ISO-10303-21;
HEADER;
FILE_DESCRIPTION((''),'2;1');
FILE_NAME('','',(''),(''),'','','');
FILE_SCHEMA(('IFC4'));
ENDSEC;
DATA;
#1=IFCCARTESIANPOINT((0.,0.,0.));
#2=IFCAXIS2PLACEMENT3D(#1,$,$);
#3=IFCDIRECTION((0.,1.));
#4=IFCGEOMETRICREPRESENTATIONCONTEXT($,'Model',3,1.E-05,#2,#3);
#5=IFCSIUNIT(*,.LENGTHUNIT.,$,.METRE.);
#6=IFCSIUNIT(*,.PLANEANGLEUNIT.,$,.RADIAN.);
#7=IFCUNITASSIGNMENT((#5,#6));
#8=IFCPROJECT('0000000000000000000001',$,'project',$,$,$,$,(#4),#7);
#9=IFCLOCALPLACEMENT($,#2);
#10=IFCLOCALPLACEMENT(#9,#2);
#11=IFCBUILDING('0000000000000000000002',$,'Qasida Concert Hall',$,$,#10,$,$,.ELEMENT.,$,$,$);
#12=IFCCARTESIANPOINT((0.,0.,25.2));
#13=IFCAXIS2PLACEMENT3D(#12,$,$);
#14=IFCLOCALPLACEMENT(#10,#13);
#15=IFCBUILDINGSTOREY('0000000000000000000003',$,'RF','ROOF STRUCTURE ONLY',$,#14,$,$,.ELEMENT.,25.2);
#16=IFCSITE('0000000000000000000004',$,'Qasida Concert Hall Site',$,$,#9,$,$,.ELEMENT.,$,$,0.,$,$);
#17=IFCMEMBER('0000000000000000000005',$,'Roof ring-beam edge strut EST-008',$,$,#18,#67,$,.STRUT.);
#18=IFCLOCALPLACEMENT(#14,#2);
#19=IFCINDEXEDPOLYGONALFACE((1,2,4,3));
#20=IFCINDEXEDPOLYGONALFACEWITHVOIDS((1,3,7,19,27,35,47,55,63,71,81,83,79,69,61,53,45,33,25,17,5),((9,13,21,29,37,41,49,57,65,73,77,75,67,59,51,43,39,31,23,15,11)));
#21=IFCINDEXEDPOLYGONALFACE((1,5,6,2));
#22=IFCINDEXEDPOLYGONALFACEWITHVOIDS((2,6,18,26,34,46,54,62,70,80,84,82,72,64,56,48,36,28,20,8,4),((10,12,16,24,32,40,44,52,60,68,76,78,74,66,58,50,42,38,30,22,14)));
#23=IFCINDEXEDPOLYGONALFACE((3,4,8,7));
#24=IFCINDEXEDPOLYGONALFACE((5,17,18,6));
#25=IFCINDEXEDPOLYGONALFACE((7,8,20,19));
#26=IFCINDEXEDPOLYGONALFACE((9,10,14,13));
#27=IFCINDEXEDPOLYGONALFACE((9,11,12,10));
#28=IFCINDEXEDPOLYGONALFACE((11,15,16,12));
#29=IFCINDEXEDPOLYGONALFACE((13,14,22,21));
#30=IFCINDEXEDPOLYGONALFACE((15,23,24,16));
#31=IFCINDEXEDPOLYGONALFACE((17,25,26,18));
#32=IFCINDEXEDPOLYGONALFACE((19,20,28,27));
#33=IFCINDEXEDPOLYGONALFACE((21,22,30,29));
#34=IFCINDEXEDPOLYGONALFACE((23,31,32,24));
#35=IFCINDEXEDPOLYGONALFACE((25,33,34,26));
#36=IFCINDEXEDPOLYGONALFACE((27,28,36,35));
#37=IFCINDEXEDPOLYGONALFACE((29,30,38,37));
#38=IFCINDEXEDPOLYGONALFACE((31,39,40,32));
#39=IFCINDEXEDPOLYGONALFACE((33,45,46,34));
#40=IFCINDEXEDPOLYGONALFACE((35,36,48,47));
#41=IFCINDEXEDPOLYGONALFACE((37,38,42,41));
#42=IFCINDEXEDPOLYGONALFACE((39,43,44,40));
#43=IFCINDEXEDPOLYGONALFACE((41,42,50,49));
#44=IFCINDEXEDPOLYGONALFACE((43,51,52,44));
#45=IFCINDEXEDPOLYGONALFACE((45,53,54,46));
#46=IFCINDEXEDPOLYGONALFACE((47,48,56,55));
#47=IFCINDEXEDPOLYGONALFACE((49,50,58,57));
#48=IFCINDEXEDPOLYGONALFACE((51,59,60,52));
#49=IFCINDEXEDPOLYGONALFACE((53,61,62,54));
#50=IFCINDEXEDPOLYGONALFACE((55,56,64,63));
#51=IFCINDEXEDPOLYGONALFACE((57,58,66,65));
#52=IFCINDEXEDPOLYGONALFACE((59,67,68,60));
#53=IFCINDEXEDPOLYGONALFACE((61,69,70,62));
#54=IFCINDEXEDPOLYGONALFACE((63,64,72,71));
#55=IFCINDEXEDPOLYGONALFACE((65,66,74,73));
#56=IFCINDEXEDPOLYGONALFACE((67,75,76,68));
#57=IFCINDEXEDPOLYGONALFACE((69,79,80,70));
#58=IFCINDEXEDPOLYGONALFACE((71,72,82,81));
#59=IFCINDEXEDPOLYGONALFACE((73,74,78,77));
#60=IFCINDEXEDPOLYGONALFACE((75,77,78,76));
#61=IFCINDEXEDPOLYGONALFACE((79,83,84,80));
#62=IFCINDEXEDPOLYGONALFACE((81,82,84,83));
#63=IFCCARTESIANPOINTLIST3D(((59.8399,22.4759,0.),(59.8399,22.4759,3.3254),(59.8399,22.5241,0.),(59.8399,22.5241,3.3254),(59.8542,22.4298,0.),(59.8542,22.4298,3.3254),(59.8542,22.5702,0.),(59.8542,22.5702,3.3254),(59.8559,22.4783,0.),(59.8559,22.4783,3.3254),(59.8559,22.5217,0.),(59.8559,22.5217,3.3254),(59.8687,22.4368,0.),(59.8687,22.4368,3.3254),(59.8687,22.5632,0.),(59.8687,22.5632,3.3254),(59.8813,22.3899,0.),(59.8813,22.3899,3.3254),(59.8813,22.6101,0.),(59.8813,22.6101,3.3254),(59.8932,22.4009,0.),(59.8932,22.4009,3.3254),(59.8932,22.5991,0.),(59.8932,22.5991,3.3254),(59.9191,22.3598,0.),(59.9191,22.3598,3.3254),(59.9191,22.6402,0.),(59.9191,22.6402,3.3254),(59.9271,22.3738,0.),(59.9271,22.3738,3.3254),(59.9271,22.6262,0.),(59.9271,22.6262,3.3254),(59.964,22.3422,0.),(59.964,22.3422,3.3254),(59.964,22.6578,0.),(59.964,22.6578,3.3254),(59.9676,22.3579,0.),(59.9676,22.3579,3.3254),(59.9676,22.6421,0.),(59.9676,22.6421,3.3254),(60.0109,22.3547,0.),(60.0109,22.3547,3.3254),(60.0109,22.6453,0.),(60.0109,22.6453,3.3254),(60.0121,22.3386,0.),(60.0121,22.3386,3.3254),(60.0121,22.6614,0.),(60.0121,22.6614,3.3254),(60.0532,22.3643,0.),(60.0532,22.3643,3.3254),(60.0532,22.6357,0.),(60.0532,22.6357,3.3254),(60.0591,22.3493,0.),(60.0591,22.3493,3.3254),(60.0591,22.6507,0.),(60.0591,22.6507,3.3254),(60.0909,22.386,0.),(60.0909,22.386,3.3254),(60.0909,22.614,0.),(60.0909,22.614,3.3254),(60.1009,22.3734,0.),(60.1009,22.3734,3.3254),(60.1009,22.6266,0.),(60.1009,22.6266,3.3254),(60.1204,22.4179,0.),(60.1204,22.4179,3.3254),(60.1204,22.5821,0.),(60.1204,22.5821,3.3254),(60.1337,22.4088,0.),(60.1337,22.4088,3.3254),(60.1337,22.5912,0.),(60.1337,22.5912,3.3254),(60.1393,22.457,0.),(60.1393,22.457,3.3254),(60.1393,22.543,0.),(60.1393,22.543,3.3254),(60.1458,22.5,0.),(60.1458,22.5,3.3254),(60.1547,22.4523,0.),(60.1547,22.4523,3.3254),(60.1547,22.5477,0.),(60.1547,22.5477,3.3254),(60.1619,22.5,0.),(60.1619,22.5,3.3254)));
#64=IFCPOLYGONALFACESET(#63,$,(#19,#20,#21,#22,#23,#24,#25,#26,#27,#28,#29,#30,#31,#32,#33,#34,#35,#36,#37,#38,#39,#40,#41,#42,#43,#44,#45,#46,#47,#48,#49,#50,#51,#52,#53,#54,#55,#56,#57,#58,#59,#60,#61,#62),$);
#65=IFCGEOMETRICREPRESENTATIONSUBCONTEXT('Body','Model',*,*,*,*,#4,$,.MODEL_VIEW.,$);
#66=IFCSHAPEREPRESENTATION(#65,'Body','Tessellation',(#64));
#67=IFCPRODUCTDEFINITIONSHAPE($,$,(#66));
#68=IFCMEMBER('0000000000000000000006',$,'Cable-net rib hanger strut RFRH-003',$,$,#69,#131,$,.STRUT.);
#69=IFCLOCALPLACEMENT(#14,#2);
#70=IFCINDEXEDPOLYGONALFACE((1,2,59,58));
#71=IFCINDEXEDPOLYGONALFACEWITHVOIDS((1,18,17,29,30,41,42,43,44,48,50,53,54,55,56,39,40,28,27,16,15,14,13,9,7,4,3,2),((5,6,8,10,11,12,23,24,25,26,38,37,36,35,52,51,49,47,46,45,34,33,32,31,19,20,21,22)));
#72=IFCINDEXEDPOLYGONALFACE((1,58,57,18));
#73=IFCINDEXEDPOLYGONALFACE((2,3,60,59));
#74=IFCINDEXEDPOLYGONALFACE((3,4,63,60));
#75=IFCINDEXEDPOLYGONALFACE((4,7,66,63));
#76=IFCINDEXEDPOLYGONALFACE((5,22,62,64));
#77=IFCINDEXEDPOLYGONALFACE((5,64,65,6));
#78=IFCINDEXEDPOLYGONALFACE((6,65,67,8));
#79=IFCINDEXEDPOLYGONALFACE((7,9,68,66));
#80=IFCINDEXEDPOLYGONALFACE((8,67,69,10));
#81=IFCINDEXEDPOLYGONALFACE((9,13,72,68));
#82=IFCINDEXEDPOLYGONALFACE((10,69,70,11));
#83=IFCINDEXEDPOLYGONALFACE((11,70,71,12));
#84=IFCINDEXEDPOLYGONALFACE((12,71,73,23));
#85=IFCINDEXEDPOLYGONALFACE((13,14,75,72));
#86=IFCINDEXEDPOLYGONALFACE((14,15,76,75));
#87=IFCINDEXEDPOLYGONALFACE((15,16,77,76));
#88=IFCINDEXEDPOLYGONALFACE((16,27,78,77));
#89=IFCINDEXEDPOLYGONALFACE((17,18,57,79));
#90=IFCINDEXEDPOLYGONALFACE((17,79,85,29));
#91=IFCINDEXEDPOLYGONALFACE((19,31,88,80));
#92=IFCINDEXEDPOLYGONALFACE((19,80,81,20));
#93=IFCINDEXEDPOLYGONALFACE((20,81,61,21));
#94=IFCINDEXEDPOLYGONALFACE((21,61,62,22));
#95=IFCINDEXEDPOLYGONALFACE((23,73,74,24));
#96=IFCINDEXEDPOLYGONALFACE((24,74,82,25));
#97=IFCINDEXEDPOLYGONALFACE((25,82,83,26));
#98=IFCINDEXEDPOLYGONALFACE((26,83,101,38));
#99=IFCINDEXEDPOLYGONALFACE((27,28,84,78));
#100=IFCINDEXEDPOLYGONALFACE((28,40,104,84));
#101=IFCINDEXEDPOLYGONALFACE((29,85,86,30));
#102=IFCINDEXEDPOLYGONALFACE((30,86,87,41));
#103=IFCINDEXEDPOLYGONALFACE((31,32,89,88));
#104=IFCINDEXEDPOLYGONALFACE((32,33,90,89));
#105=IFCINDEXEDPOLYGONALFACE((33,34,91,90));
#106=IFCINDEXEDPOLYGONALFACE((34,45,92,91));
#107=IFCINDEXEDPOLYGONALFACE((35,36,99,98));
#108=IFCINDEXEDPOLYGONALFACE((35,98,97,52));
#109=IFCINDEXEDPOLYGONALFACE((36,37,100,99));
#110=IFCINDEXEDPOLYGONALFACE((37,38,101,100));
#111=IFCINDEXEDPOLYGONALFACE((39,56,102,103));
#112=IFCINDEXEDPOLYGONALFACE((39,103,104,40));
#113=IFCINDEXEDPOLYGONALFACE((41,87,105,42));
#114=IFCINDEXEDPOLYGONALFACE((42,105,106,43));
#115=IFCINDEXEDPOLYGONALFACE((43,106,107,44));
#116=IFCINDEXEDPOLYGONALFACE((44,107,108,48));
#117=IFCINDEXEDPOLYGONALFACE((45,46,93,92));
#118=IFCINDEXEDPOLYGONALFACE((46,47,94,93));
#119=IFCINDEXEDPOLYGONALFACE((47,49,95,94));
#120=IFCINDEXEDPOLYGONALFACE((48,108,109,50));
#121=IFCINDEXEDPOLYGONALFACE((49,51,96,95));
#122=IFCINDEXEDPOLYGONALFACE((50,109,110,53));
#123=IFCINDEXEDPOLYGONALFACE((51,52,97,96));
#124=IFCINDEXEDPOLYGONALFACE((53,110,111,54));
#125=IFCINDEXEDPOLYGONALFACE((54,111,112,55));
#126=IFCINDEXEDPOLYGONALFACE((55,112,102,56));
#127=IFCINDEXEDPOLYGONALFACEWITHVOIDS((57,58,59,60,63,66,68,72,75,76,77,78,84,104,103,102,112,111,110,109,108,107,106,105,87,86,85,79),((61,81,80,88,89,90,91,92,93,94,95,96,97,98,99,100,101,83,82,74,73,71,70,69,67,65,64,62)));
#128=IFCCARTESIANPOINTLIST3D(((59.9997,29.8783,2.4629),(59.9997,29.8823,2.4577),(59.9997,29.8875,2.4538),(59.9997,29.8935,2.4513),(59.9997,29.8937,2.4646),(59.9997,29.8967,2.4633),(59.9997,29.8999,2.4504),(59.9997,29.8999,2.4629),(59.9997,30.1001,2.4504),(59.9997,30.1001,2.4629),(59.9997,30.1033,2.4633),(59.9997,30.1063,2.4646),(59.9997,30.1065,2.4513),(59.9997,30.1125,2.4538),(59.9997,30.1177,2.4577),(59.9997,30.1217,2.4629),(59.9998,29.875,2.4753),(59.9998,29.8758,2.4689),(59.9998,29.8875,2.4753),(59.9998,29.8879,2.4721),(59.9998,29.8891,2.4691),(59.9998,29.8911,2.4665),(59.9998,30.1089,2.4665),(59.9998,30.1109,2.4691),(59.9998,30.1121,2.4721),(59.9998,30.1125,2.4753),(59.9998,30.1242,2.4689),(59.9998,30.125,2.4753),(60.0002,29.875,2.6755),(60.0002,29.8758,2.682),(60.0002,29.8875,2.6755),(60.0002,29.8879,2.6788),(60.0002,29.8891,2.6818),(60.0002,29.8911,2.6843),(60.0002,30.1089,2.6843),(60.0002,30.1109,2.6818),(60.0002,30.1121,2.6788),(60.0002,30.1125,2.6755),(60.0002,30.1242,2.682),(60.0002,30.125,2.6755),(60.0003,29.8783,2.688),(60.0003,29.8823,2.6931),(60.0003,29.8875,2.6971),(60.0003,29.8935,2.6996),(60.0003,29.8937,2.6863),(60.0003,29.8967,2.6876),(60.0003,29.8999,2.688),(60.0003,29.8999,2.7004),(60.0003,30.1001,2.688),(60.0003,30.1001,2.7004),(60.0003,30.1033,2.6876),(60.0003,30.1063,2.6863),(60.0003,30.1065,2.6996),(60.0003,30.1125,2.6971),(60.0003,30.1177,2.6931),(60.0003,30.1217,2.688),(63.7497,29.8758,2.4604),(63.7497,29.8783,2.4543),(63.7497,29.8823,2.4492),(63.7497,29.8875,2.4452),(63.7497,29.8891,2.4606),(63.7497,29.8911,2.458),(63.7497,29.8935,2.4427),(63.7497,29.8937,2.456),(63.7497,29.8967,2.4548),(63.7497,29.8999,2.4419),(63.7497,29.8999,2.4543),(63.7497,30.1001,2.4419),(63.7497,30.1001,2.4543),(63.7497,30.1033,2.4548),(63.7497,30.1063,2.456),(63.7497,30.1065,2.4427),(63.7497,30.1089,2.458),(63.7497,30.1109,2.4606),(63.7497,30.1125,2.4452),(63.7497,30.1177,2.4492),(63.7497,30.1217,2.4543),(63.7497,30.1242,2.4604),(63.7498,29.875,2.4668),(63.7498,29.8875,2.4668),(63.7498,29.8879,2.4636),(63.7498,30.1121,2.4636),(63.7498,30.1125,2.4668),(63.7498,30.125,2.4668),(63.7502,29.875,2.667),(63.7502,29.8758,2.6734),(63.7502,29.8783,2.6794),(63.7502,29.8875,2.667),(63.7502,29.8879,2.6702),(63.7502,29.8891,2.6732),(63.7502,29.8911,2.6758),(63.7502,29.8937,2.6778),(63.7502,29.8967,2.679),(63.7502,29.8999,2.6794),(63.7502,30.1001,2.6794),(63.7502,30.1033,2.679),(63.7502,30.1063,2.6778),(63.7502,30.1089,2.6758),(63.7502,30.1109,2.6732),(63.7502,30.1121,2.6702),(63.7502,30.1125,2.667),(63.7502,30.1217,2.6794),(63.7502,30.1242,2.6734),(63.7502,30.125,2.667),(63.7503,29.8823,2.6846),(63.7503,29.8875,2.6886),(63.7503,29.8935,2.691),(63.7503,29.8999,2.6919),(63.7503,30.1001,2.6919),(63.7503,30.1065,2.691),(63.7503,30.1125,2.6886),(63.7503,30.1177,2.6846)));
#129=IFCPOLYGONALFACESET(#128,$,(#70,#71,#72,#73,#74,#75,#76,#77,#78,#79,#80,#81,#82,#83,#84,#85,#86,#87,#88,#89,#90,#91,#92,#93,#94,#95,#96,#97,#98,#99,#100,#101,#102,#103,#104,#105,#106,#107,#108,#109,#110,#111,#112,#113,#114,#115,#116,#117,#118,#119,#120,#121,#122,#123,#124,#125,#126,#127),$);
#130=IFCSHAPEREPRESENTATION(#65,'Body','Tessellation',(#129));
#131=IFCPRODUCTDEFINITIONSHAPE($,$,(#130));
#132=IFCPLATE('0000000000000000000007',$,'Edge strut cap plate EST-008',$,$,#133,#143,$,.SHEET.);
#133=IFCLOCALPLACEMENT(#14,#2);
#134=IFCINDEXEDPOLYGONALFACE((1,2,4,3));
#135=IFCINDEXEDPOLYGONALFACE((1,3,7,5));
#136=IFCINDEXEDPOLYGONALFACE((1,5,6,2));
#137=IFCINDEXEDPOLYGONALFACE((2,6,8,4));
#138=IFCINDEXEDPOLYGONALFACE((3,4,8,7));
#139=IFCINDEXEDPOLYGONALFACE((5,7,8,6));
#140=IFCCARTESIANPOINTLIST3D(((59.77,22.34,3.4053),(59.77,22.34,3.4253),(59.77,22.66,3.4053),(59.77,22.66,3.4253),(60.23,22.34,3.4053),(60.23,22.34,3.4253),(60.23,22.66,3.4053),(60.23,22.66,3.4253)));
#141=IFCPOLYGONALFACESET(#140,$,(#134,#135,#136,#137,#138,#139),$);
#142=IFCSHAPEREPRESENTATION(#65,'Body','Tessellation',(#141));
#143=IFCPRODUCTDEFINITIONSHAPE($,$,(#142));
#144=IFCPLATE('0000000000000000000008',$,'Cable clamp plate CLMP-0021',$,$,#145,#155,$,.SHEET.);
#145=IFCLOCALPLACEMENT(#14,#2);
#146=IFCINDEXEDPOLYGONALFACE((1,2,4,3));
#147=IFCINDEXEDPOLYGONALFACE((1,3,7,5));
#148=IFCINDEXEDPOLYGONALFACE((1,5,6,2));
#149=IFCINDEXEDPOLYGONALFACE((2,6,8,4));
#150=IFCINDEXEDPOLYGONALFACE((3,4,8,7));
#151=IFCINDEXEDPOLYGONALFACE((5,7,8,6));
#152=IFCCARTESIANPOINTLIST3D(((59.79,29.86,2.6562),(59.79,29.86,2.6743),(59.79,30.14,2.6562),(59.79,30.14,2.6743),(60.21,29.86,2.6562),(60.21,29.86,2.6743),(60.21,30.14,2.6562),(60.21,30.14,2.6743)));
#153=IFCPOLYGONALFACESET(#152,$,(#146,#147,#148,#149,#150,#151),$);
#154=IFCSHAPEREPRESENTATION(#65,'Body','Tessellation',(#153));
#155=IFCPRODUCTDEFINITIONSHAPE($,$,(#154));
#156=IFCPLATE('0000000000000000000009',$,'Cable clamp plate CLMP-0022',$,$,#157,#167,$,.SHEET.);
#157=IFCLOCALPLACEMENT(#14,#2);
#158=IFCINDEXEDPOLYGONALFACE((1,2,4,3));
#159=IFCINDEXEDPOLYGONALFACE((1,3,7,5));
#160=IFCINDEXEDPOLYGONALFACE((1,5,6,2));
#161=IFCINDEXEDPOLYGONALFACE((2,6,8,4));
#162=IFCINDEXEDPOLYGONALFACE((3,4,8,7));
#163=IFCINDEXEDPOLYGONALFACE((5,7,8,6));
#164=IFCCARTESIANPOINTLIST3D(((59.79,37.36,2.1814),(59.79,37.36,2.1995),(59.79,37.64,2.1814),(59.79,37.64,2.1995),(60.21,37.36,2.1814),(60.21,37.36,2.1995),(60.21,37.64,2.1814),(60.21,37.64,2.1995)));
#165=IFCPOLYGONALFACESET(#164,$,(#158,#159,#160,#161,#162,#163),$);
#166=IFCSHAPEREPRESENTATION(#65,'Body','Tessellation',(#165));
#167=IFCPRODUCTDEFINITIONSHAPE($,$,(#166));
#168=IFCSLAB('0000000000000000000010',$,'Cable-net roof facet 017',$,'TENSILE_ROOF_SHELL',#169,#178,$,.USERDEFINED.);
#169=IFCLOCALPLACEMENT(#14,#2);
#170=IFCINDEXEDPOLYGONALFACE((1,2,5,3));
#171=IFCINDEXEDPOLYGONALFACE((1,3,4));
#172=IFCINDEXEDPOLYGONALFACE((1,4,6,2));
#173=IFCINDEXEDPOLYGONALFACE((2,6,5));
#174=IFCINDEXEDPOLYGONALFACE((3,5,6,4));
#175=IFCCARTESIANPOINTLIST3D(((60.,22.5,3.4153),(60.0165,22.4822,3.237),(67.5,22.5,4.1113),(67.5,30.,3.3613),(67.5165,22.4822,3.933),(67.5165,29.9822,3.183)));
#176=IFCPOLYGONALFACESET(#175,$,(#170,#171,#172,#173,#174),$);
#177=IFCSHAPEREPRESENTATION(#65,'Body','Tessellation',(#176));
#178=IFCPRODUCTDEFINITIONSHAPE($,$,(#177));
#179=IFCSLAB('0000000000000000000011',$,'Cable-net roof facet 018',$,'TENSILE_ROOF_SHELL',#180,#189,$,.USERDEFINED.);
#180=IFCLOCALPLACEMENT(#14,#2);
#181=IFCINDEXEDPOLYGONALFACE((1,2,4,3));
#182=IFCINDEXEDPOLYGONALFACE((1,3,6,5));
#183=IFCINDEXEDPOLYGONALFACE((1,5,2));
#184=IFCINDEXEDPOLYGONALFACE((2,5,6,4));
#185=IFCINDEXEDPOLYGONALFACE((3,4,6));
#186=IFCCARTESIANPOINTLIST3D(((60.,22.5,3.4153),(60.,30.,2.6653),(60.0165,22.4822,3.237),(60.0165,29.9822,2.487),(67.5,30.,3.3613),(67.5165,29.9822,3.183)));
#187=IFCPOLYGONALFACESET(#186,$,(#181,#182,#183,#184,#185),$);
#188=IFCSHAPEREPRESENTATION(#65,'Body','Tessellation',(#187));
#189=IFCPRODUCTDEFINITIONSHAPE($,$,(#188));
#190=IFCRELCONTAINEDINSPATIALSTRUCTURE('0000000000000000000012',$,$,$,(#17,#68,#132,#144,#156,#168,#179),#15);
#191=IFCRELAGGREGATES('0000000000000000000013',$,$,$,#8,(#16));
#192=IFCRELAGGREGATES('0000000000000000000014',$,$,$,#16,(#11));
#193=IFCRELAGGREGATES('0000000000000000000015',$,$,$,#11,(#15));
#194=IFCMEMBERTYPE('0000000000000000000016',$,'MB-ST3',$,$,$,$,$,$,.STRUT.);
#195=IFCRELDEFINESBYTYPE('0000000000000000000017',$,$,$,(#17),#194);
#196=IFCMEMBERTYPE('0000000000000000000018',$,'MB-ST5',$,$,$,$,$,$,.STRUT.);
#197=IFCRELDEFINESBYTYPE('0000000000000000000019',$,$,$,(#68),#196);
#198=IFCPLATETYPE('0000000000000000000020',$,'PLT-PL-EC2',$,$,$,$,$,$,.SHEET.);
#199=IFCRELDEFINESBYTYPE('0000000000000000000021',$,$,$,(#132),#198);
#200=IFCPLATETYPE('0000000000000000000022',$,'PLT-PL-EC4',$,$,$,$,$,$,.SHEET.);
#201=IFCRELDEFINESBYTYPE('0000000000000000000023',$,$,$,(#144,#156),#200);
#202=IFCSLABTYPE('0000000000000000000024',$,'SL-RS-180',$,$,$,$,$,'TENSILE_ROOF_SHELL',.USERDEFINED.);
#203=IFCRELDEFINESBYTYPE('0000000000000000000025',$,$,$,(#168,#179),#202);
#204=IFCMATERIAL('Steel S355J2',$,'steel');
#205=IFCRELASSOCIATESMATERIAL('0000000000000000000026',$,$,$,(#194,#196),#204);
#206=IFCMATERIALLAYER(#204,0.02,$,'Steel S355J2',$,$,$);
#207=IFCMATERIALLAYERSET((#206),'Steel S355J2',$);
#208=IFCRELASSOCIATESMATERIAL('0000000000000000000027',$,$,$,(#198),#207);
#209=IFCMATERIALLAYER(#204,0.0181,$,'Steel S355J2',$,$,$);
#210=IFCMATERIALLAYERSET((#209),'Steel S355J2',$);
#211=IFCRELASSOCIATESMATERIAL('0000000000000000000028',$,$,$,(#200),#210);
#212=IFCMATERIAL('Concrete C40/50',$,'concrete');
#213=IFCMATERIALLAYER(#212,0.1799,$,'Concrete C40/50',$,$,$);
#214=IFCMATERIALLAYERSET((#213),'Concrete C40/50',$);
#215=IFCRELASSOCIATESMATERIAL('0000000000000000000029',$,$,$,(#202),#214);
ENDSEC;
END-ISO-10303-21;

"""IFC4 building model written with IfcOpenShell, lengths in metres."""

from ifc_helpers import new_model, si_unit, direction, frame, origin, origin_2d, place, context, subcontext, project, spatial, polyline, rectangle, hollow_rectangle, hollow_circle, outline, extrude, material, layer, layer_set, material_profile, profile_set, type_object, element, save


model = new_model("IFC4")

# Units and contexts
model_context = context("Model", 3, precision=1e-05, world=origin(), true_north=direction((0.0, 1.0)))
body_context = subcontext(model_context, "Body", "Model", "MODEL_VIEW")
ifc_project = project(units=[si_unit("LENGTHUNIT", "METRE"), si_unit("PLANEANGLEUNIT", "RADIAN")], contexts=[model_context])

# Site, building, storey
site_placement = place(None, origin())
site = spatial("IfcSite", under=ifc_project, at=site_placement, Name="Qasida Concert Hall Site", CompositionType="ELEMENT", RefElevation=0.0)
building_placement = place(site_placement, origin())
building = spatial("IfcBuilding", under=site, at=building_placement, Name="Qasida Concert Hall", CompositionType="ELEMENT")
storey_placement = place(building_placement, frame((0.0, 0.0, 25.2)))
storey = spatial("IfcBuildingStorey", under=building, at=storey_placement, Name="RF", Description="ROOF STRUCTURE ONLY", CompositionType="ELEMENT", Elevation=25.2)

# Members
ifc_material_1 = material(Name="Steel S355J2", Category="steel")
ifc_material_profile_1 = material_profile(ifc_material_1, hollow_circle(Radius=0.1619, WallThickness=0.0161, at=origin_2d()), Name="CHS 323.9x16")
ifc_profile_set_1 = profile_set([ifc_material_profile_1], Name="Steel S355J2")
member_type_1 = type_object("IfcMemberType", Name="MB-ST3", PredefinedType="STRUT", material=ifc_profile_set_1)
member_1_placement = place(storey_placement, frame((60.0, 22.5, 0.0), z_axis=(0.0, 0.0, 1.0), x_axis=(1.0, 0.0, 0.0)))
element("IfcMember", 1, at=member_1_placement, inside=storey, type_object=member_type_1, Name="Roof ring-beam edge strut EST-008", PredefinedType="STRUT", context=body_context, shape_type="SweptSolid", body=[
    extrude(hollow_circle(Radius=0.1619, WallThickness=0.0161, at=origin_2d()), origin(), (0.0, 0.0, 1.0), 3.3254),
])
ifc_material_profile_2 = material_profile(ifc_material_1, hollow_rectangle(XDim=0.25, YDim=0.25, WallThickness=0.0125, InnerFilletRadius=0.0125, OuterFilletRadius=0.0249, at=origin_2d()), Name="SHS 250x250x12.5")
ifc_profile_set_2 = profile_set([ifc_material_profile_2], Name="Steel S355J2")
member_type_2 = type_object("IfcMemberType", Name="MB-ST5", PredefinedType="STRUT", material=ifc_profile_set_2)
member_2_placement = place(storey_placement, frame((60.0, 30.0, 2.5754), z_axis=(0.999997, 0.0, -0.002279), x_axis=(0.0, 1.0, 0.0)))
element("IfcMember", 2, at=member_2_placement, inside=storey, type_object=member_type_2, Name="Cable-net rib hanger strut RFRH-003", PredefinedType="STRUT", context=body_context, shape_type="SweptSolid", body=[
    extrude(hollow_rectangle(XDim=0.25, YDim=0.25, WallThickness=0.0125, InnerFilletRadius=0.0125, OuterFilletRadius=0.0249, at=origin_2d()), origin(), (0.0, 0.0, 1.0), 3.75),
])

# Plates
ifc_layer_1 = layer(ifc_material_1, 0.02, Name="Steel S355J2")
ifc_layer_set_1 = layer_set([ifc_layer_1], Name="Steel S355J2")
plate_type_1 = type_object("IfcPlateType", Name="PLT-PL-EC2", PredefinedType="SHEET", material=ifc_layer_set_1)
plate_placement = place(storey_placement, frame((60.0, 22.5, 3.4053), z_axis=(0.0, 0.0, 1.0), x_axis=(1.0, 0.0, 0.0)))
element("IfcPlate", 3, at=plate_placement, inside=storey, type_object=plate_type_1, Name="Edge strut cap plate EST-008", PredefinedType="SHEET", context=body_context, shape_type="SweptSolid", body=[
    extrude(rectangle(XDim=0.46, YDim=0.3201, at=origin_2d()), origin(), (0.0, 0.0, 1.0), 0.02),
])
ifc_layer_2 = layer(ifc_material_1, 0.0181, Name="Steel S355J2")
ifc_layer_set_2 = layer_set([ifc_layer_2], Name="Steel S355J2")
plate_type_2 = type_object("IfcPlateType", Name="PLT-PL-EC4", PredefinedType="SHEET", material=ifc_layer_set_2)
for number, where, z_axis, x_axis, name in (
    (4, (60.0, 30.0, 2.6562), (0.0, 0.0, 1.0), (1.0, 0.0, 0.0), "Cable clamp plate CLMP-0021"),
    (5, (60.0, 37.5, 2.1814), (0.0, 0.0, 1.0), (1.0, 0.0, 0.0), "Cable clamp plate CLMP-0022"),
):
    element("IfcPlate", number, at=place(storey_placement, frame(where, z_axis=z_axis, x_axis=x_axis)), inside=storey, type_object=plate_type_2, Name=name, PredefinedType="SHEET", context=body_context, shape_type="SweptSolid", body=[
        extrude(rectangle(XDim=0.4199, YDim=0.28, at=origin_2d()), origin(), (0.0, 0.0, 1.0), 0.0181),
    ])

# Slabs
ifc_material_2 = material(Name="Concrete C40/50", Category="concrete")
ifc_layer_3 = layer(ifc_material_2, 0.1799, Name="Concrete C40/50")
ifc_layer_set_3 = layer_set([ifc_layer_3], Name="Concrete C40/50")
slab_type = type_object("IfcSlabType", Name="SL-RS-180", ElementType="TENSILE_ROOF_SHELL", PredefinedType="USERDEFINED", material=ifc_layer_set_3)
slab_1_placement = place(storey_placement, frame((60.0, 22.5, 3.4153), z_axis=(-0.091954, 0.099082, 0.990821), x_axis=(0.995721, 0.0, 0.092409)))
element("IfcSlab", 6, at=slab_1_placement, inside=storey, type_object=slab_type, Name="Cable-net roof facet 017", ObjectType="TENSILE_ROOF_SHELL", PredefinedType="USERDEFINED", context=body_context, shape_type="SweptSolid", body=[
    extrude(outline(polyline([(0.0, 0.0), (7.5322, 0.0), (7.4629, 7.5371), (0.0, 0.0)])), origin(), (0.0, 0.0, -1.0), 0.1799),
])
slab_2_placement = place(storey_placement, frame((60.0, 22.5, 3.4153), z_axis=(-0.091954, 0.099082, 0.990821), x_axis=(0.707098, 0.707098, -0.005087)))
element("IfcSlab", 7, at=slab_2_placement, inside=storey, type_object=slab_type, Name="Cable-net roof facet 018", ObjectType="TENSILE_ROOF_SHELL", PredefinedType="USERDEFINED", context=body_context, shape_type="SweptSolid", body=[
    extrude(outline(polyline([(0.0, 0.0), (10.6067, 0.0), (5.307, 5.3524), (0.0, 0.0)])), origin(), (0.0, 0.0, -1.0), 0.1799),
])

save(model, "model.ifc")
